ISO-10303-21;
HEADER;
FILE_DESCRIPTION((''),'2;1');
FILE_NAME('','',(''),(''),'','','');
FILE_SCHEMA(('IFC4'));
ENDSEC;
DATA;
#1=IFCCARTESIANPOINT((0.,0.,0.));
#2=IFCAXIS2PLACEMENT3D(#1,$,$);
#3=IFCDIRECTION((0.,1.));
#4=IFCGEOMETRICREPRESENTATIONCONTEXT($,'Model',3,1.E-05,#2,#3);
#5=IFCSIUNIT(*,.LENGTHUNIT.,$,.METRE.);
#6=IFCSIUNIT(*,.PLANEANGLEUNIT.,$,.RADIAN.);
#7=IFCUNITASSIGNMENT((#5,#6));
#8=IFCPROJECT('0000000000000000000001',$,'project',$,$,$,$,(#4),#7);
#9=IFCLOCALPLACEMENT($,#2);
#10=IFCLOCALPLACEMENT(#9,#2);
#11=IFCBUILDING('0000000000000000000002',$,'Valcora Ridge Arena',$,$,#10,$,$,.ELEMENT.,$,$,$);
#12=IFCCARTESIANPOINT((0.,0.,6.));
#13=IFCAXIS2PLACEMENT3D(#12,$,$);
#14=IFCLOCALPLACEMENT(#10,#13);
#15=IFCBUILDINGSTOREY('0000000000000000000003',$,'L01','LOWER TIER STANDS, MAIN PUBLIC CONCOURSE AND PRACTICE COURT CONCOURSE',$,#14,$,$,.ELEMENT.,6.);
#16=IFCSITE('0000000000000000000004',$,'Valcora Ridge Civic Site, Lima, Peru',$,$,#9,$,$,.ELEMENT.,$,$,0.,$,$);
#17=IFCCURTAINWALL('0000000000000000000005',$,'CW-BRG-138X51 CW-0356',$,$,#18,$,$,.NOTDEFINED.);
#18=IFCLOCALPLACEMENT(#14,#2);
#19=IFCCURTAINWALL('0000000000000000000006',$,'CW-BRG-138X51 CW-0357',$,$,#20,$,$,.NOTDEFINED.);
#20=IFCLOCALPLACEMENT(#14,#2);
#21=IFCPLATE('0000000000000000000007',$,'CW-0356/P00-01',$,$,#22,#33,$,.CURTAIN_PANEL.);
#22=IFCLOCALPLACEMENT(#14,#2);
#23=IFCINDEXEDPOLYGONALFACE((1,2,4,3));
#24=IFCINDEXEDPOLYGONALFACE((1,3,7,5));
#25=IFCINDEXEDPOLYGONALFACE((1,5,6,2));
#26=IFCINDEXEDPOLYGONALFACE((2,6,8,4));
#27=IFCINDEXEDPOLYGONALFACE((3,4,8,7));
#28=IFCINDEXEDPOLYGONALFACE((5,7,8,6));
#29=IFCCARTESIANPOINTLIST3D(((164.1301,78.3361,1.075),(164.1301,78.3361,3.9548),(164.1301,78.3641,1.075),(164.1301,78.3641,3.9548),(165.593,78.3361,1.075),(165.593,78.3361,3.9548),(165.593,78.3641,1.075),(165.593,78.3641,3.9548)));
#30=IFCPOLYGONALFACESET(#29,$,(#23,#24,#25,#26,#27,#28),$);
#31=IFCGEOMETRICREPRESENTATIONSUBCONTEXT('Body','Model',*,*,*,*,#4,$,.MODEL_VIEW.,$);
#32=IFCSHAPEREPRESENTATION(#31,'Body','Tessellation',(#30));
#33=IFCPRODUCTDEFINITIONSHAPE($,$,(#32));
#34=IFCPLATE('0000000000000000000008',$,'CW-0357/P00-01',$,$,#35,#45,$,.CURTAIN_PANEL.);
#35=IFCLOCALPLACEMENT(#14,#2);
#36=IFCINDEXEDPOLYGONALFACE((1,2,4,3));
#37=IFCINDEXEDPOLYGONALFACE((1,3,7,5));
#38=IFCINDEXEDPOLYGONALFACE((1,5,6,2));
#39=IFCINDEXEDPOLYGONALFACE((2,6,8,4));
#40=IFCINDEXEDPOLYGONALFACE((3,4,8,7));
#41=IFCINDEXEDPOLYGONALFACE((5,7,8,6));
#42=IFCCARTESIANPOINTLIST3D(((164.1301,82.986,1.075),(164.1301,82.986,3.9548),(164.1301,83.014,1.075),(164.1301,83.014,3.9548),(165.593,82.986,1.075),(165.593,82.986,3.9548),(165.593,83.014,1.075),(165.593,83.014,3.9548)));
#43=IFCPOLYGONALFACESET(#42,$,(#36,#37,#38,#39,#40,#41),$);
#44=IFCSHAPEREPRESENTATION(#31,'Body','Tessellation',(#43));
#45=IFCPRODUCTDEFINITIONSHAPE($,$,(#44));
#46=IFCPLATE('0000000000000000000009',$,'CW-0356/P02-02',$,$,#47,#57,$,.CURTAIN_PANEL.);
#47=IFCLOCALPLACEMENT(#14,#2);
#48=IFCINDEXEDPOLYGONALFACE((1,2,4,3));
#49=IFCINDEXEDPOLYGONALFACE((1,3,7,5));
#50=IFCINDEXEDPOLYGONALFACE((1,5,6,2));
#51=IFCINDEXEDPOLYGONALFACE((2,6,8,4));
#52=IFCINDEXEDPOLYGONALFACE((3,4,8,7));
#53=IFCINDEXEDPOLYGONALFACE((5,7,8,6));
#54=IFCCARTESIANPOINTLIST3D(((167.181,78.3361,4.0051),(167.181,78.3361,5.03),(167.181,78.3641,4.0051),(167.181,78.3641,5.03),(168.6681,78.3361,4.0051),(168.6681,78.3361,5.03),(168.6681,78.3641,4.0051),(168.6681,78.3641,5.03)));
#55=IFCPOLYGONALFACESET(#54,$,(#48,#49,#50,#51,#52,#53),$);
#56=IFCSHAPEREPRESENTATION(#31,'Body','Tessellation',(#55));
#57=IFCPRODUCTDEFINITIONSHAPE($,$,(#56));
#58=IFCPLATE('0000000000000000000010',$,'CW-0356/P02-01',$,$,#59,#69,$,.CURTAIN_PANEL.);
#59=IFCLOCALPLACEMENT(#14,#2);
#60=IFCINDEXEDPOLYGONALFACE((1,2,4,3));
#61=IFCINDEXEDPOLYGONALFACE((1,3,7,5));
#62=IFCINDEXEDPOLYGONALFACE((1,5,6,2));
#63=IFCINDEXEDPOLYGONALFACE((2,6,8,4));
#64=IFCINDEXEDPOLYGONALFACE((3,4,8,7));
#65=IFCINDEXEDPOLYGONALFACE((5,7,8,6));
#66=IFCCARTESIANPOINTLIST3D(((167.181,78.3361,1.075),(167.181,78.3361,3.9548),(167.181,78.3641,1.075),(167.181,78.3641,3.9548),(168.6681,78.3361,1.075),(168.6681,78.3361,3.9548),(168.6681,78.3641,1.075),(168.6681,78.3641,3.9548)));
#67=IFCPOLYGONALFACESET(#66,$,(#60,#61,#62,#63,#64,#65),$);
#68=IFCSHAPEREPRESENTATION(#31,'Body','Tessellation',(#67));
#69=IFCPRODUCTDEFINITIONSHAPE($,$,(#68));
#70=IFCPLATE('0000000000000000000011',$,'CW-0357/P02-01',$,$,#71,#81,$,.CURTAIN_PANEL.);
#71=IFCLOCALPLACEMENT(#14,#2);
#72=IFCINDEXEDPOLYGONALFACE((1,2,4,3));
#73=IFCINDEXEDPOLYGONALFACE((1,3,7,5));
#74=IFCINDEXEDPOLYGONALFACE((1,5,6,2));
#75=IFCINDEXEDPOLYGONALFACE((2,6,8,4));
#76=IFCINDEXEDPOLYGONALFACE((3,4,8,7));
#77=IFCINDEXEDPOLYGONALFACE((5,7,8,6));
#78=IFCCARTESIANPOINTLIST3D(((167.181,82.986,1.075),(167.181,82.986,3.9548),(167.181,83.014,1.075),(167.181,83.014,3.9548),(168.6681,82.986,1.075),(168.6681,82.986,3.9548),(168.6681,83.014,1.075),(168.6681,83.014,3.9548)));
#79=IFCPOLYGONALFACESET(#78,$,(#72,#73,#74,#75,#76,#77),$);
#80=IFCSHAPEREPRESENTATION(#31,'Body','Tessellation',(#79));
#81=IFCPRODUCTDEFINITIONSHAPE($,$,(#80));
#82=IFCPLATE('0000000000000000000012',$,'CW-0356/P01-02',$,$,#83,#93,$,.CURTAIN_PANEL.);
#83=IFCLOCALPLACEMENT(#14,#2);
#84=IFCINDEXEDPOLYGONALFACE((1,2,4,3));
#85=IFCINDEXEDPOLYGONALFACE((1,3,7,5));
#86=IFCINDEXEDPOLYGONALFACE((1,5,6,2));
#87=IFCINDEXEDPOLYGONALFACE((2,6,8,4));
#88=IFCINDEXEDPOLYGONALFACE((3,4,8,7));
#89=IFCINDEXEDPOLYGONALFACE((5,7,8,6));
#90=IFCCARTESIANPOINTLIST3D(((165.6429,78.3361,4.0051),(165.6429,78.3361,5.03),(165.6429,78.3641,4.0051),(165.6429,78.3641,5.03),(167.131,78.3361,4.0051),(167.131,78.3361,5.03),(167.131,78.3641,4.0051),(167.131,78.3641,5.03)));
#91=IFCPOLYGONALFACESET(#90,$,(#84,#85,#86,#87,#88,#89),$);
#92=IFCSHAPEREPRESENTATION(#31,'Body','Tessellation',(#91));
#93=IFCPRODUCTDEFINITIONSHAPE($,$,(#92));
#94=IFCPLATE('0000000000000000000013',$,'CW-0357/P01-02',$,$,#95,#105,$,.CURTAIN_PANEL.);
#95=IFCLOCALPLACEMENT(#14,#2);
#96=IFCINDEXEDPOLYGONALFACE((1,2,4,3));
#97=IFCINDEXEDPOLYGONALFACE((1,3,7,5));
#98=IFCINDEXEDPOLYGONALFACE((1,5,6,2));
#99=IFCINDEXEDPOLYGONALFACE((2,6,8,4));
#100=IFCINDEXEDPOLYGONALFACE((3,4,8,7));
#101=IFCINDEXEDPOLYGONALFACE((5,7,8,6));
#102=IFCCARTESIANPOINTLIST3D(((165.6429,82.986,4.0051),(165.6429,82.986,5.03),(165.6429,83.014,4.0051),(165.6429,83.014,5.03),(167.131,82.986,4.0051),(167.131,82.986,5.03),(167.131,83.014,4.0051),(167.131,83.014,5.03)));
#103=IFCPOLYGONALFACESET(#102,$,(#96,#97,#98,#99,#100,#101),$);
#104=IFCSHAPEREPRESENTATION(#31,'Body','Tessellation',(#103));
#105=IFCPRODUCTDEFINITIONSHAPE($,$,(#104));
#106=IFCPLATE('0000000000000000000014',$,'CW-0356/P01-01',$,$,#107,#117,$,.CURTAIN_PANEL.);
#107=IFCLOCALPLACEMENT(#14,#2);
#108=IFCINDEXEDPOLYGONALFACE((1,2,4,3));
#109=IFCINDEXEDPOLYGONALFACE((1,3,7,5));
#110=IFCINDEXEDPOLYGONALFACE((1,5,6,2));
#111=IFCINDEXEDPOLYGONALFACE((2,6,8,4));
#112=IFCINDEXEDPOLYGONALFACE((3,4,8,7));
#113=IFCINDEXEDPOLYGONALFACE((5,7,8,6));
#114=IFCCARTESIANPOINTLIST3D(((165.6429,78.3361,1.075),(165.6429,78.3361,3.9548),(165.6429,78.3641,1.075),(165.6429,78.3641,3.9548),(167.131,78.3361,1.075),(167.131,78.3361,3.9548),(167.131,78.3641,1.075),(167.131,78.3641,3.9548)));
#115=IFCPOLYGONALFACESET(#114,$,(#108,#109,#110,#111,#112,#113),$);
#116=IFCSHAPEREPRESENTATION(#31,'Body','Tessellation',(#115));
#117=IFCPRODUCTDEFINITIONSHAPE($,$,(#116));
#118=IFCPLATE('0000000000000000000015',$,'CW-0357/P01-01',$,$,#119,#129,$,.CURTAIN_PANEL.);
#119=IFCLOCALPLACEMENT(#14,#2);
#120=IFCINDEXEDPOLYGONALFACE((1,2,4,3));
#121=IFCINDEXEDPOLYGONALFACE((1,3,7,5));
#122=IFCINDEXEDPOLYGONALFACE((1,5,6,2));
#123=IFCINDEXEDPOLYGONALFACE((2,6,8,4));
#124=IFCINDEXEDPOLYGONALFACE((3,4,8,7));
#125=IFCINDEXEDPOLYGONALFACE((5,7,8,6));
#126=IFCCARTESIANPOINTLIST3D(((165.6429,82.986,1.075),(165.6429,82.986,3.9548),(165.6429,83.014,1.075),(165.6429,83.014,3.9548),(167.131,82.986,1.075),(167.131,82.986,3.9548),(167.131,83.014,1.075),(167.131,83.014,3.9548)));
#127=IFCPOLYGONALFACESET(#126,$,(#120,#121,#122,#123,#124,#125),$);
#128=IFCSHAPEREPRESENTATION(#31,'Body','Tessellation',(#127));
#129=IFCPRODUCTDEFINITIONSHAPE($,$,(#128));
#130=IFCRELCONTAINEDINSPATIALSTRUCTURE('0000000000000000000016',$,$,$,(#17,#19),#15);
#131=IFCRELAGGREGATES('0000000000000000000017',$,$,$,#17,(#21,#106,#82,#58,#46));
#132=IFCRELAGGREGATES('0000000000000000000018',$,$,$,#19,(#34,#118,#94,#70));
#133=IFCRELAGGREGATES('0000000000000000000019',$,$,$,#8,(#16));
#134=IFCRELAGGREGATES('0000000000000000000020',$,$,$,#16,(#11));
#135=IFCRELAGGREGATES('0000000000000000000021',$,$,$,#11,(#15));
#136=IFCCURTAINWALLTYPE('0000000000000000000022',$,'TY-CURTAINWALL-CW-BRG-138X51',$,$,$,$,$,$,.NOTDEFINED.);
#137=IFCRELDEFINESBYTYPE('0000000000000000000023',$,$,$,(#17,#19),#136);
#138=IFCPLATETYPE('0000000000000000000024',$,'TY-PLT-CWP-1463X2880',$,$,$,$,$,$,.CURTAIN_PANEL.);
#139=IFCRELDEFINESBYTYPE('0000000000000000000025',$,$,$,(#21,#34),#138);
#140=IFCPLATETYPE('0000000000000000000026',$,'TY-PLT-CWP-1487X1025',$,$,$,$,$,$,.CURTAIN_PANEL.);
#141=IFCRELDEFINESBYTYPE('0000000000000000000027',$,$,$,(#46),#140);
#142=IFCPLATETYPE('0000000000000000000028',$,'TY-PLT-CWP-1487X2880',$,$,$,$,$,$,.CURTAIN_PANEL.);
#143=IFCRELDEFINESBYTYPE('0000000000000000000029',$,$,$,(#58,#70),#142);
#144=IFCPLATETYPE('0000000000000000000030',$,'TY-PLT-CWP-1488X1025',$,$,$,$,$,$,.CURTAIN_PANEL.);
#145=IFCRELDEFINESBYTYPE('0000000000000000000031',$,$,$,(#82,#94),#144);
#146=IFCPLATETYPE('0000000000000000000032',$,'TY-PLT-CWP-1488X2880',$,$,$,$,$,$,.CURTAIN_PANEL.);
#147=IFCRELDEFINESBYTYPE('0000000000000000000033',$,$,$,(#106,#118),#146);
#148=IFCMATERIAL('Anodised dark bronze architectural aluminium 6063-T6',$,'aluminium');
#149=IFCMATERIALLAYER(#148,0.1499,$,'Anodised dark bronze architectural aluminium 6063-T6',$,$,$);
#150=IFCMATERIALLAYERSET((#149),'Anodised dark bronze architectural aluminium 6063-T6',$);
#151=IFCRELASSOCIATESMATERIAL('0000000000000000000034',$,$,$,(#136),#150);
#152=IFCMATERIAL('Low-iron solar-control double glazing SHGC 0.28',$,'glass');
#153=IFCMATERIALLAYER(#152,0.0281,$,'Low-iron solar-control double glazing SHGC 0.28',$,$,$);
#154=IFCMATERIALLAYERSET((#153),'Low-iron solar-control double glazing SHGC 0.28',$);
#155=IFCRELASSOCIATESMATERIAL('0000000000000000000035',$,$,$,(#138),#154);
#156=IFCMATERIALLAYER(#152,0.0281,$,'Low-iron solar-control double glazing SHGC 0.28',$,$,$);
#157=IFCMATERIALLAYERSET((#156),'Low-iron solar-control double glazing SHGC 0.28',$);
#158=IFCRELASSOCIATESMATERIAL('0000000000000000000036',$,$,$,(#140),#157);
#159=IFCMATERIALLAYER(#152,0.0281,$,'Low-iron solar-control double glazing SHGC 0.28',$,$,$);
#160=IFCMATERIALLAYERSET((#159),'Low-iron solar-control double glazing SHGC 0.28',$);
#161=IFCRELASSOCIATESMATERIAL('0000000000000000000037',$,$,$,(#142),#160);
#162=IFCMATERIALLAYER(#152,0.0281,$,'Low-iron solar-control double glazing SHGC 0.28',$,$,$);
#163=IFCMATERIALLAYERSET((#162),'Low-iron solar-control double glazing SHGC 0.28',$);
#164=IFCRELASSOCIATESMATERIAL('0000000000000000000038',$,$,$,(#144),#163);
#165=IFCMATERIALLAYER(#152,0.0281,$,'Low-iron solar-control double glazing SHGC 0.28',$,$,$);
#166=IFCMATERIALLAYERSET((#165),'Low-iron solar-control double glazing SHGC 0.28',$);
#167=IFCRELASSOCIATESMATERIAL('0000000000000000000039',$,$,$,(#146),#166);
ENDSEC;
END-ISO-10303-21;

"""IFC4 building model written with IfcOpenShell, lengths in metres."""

from ifc_helpers import new_model, si_unit, direction, frame, origin, origin_2d, place, context, subcontext, project, spatial, rectangle, extrude, material, layer, layer_set, type_object, element, aggregate, save


model = new_model("IFC4")

# Units and contexts
model_context = context("Model", 3, precision=1e-05, world=origin(), true_north=direction((0.0, 1.0)))
body_context = subcontext(model_context, "Body", "Model", "MODEL_VIEW")
ifc_project = project(units=[si_unit("LENGTHUNIT", "METRE"), si_unit("PLANEANGLEUNIT", "RADIAN")], contexts=[model_context])

# Site, building, storey
site_placement = place(None, origin())
site = spatial("IfcSite", under=ifc_project, at=site_placement, Name="Valcora Ridge Civic Site, Lima, Peru", CompositionType="ELEMENT", RefElevation=0.0)
building_placement = place(site_placement, origin())
building = spatial("IfcBuilding", under=site, at=building_placement, Name="Valcora Ridge Arena", CompositionType="ELEMENT")
storey_placement = place(building_placement, frame((0.0, 0.0, 6.0)))
storey = spatial("IfcBuildingStorey", under=building, at=storey_placement, Name="L01", Description="LOWER TIER STANDS, MAIN PUBLIC CONCOURSE AND PRACTICE COURT CONCOURSE", CompositionType="ELEMENT", Elevation=6.0)

# Curtain walls
ifc_material_1 = material(Name="Anodised dark bronze architectural aluminium 6063-T6", Category="aluminium")
ifc_layer_1 = layer(ifc_material_1, 0.1499, Name="Anodised dark bronze architectural aluminium 6063-T6")
ifc_layer_set_1 = layer_set([ifc_layer_1], Name="Anodised dark bronze architectural aluminium 6063-T6")
curtain_wall_type = type_object("IfcCurtainWallType", Name="TY-CURTAINWALL-CW-BRG-138X51", PredefinedType="NOTDEFINED", material=ifc_layer_set_1)
curtain_wall_1_placement = place(storey_placement, origin())
curtain_wall_1 = element("IfcCurtainWall", 1, at=curtain_wall_1_placement, inside=storey, type_object=curtain_wall_type, Name="CW-BRG-138X51 CW-0356", PredefinedType="NOTDEFINED")
curtain_wall_2_placement = place(storey_placement, origin())
curtain_wall_2 = element("IfcCurtainWall", 2, at=curtain_wall_2_placement, inside=storey, type_object=curtain_wall_type, Name="CW-BRG-138X51 CW-0357", PredefinedType="NOTDEFINED")

# Plates
ifc_material_2 = material(Name="Low-iron solar-control double glazing SHGC 0.28", Category="glass")
ifc_layer_2 = layer(ifc_material_2, 0.0281, Name="Low-iron solar-control double glazing SHGC 0.28")
ifc_layer_set_2 = layer_set([ifc_layer_2], Name="Low-iron solar-control double glazing SHGC 0.28")
plate_type_1 = type_object("IfcPlateType", Name="TY-PLT-CWP-1463X2880", PredefinedType="CURTAIN_PANEL", material=ifc_layer_set_2)
plate_1_placement = place(storey_placement, frame((164.8616, 78.3501, 1.075), z_axis=(0.0, 0.0, 1.0), x_axis=(1.0, 0.0, 0.0)))
plate_1 = element("IfcPlate", 3, at=plate_1_placement, type_object=plate_type_1, Name="CW-0356/P00-01", PredefinedType="CURTAIN_PANEL", context=body_context, shape_type="SweptSolid", body=[
    extrude(rectangle(XDim=1.4629, YDim=0.0281, at=origin_2d()), origin(), (0.0, 0.0, 1.0), 2.8799),
])
plate_2_placement = place(storey_placement, frame((164.8616, 83.0, 1.075), z_axis=(0.0, 0.0, 1.0), x_axis=(1.0, 0.0, 0.0)))
plate_2 = element("IfcPlate", 4, at=plate_2_placement, type_object=plate_type_1, Name="CW-0357/P00-01", PredefinedType="CURTAIN_PANEL", context=body_context, shape_type="SweptSolid", body=[
    extrude(rectangle(XDim=1.4629, YDim=0.0281, at=origin_2d()), origin(), (0.0, 0.0, 1.0), 2.8799),
])
ifc_layer_3 = layer(ifc_material_2, 0.0281, Name="Low-iron solar-control double glazing SHGC 0.28")
ifc_layer_set_3 = layer_set([ifc_layer_3], Name="Low-iron solar-control double glazing SHGC 0.28")
plate_type_2 = type_object("IfcPlateType", Name="TY-PLT-CWP-1487X1025", PredefinedType="CURTAIN_PANEL", material=ifc_layer_set_3)
plate_3_placement = place(storey_placement, frame((167.9246, 78.3501, 4.0051), z_axis=(0.0, 0.0, 1.0), x_axis=(1.0, 0.0, 0.0)))
plate_3 = element("IfcPlate", 5, at=plate_3_placement, type_object=plate_type_2, Name="CW-0356/P02-02", PredefinedType="CURTAIN_PANEL", context=body_context, shape_type="SweptSolid", body=[
    extrude(rectangle(XDim=1.4871, YDim=0.0281, at=origin_2d()), origin(), (0.0, 0.0, 1.0), 1.0249),
])
ifc_layer_4 = layer(ifc_material_2, 0.0281, Name="Low-iron solar-control double glazing SHGC 0.28")
ifc_layer_set_4 = layer_set([ifc_layer_4], Name="Low-iron solar-control double glazing SHGC 0.28")
plate_type_3 = type_object("IfcPlateType", Name="TY-PLT-CWP-1487X2880", PredefinedType="CURTAIN_PANEL", material=ifc_layer_set_4)
plate_4_placement = place(storey_placement, frame((167.9246, 78.3501, 1.075), z_axis=(0.0, 0.0, 1.0), x_axis=(1.0, 0.0, 0.0)))
plate_4 = element("IfcPlate", 6, at=plate_4_placement, type_object=plate_type_3, Name="CW-0356/P02-01", PredefinedType="CURTAIN_PANEL", context=body_context, shape_type="SweptSolid", body=[
    extrude(rectangle(XDim=1.4871, YDim=0.0281, at=origin_2d()), origin(), (0.0, 0.0, 1.0), 2.8799),
])
plate_5_placement = place(storey_placement, frame((167.9246, 83.0, 1.075), z_axis=(0.0, 0.0, 1.0), x_axis=(1.0, 0.0, 0.0)))
plate_5 = element("IfcPlate", 7, at=plate_5_placement, type_object=plate_type_3, Name="CW-0357/P02-01", PredefinedType="CURTAIN_PANEL", context=body_context, shape_type="SweptSolid", body=[
    extrude(rectangle(XDim=1.4871, YDim=0.0281, at=origin_2d()), origin(), (0.0, 0.0, 1.0), 2.8799),
])
ifc_layer_5 = layer(ifc_material_2, 0.0281, Name="Low-iron solar-control double glazing SHGC 0.28")
ifc_layer_set_5 = layer_set([ifc_layer_5], Name="Low-iron solar-control double glazing SHGC 0.28")
plate_type_4 = type_object("IfcPlateType", Name="TY-PLT-CWP-1488X1025", PredefinedType="CURTAIN_PANEL", material=ifc_layer_set_5)
plate_6_placement = place(storey_placement, frame((166.387, 78.3501, 4.0051), z_axis=(0.0, 0.0, 1.0), x_axis=(1.0, 0.0, 0.0)))
plate_6 = element("IfcPlate", 8, at=plate_6_placement, type_object=plate_type_4, Name="CW-0356/P01-02", PredefinedType="CURTAIN_PANEL", context=body_context, shape_type="SweptSolid", body=[
    extrude(rectangle(XDim=1.488, YDim=0.0281, at=origin_2d()), origin(), (0.0, 0.0, 1.0), 1.0249),
])
plate_7_placement = place(storey_placement, frame((166.387, 83.0, 4.0051), z_axis=(0.0, 0.0, 1.0), x_axis=(1.0, 0.0, 0.0)))
plate_7 = element("IfcPlate", 9, at=plate_7_placement, type_object=plate_type_4, Name="CW-0357/P01-02", PredefinedType="CURTAIN_PANEL", context=body_context, shape_type="SweptSolid", body=[
    extrude(rectangle(XDim=1.488, YDim=0.0281, at=origin_2d()), origin(), (0.0, 0.0, 1.0), 1.0249),
])
ifc_layer_6 = layer(ifc_material_2, 0.0281, Name="Low-iron solar-control double glazing SHGC 0.28")
ifc_layer_set_6 = layer_set([ifc_layer_6], Name="Low-iron solar-control double glazing SHGC 0.28")
plate_type_5 = type_object("IfcPlateType", Name="TY-PLT-CWP-1488X2880", PredefinedType="CURTAIN_PANEL", material=ifc_layer_set_6)
plate_8_placement = place(storey_placement, frame((166.387, 78.3501, 1.075), z_axis=(0.0, 0.0, 1.0), x_axis=(1.0, 0.0, 0.0)))
plate_8 = element("IfcPlate", 10, at=plate_8_placement, type_object=plate_type_5, Name="CW-0356/P01-01", PredefinedType="CURTAIN_PANEL", context=body_context, shape_type="SweptSolid", body=[
    extrude(rectangle(XDim=1.488, YDim=0.0281, at=origin_2d()), origin(), (0.0, 0.0, 1.0), 2.8799),
])
aggregate(curtain_wall_1, [plate_1, plate_8, plate_6, plate_4, plate_3])
plate_9_placement = place(storey_placement, frame((166.387, 83.0, 1.075), z_axis=(0.0, 0.0, 1.0), x_axis=(1.0, 0.0, 0.0)))
plate_9 = element("IfcPlate", 11, at=plate_9_placement, type_object=plate_type_5, Name="CW-0357/P01-01", PredefinedType="CURTAIN_PANEL", context=body_context, shape_type="SweptSolid", body=[
    extrude(rectangle(XDim=1.488, YDim=0.0281, at=origin_2d()), origin(), (0.0, 0.0, 1.0), 2.8799),
])
aggregate(curtain_wall_2, [plate_2, plate_9, plate_7, plate_5])

save(model, "model.ifc")
